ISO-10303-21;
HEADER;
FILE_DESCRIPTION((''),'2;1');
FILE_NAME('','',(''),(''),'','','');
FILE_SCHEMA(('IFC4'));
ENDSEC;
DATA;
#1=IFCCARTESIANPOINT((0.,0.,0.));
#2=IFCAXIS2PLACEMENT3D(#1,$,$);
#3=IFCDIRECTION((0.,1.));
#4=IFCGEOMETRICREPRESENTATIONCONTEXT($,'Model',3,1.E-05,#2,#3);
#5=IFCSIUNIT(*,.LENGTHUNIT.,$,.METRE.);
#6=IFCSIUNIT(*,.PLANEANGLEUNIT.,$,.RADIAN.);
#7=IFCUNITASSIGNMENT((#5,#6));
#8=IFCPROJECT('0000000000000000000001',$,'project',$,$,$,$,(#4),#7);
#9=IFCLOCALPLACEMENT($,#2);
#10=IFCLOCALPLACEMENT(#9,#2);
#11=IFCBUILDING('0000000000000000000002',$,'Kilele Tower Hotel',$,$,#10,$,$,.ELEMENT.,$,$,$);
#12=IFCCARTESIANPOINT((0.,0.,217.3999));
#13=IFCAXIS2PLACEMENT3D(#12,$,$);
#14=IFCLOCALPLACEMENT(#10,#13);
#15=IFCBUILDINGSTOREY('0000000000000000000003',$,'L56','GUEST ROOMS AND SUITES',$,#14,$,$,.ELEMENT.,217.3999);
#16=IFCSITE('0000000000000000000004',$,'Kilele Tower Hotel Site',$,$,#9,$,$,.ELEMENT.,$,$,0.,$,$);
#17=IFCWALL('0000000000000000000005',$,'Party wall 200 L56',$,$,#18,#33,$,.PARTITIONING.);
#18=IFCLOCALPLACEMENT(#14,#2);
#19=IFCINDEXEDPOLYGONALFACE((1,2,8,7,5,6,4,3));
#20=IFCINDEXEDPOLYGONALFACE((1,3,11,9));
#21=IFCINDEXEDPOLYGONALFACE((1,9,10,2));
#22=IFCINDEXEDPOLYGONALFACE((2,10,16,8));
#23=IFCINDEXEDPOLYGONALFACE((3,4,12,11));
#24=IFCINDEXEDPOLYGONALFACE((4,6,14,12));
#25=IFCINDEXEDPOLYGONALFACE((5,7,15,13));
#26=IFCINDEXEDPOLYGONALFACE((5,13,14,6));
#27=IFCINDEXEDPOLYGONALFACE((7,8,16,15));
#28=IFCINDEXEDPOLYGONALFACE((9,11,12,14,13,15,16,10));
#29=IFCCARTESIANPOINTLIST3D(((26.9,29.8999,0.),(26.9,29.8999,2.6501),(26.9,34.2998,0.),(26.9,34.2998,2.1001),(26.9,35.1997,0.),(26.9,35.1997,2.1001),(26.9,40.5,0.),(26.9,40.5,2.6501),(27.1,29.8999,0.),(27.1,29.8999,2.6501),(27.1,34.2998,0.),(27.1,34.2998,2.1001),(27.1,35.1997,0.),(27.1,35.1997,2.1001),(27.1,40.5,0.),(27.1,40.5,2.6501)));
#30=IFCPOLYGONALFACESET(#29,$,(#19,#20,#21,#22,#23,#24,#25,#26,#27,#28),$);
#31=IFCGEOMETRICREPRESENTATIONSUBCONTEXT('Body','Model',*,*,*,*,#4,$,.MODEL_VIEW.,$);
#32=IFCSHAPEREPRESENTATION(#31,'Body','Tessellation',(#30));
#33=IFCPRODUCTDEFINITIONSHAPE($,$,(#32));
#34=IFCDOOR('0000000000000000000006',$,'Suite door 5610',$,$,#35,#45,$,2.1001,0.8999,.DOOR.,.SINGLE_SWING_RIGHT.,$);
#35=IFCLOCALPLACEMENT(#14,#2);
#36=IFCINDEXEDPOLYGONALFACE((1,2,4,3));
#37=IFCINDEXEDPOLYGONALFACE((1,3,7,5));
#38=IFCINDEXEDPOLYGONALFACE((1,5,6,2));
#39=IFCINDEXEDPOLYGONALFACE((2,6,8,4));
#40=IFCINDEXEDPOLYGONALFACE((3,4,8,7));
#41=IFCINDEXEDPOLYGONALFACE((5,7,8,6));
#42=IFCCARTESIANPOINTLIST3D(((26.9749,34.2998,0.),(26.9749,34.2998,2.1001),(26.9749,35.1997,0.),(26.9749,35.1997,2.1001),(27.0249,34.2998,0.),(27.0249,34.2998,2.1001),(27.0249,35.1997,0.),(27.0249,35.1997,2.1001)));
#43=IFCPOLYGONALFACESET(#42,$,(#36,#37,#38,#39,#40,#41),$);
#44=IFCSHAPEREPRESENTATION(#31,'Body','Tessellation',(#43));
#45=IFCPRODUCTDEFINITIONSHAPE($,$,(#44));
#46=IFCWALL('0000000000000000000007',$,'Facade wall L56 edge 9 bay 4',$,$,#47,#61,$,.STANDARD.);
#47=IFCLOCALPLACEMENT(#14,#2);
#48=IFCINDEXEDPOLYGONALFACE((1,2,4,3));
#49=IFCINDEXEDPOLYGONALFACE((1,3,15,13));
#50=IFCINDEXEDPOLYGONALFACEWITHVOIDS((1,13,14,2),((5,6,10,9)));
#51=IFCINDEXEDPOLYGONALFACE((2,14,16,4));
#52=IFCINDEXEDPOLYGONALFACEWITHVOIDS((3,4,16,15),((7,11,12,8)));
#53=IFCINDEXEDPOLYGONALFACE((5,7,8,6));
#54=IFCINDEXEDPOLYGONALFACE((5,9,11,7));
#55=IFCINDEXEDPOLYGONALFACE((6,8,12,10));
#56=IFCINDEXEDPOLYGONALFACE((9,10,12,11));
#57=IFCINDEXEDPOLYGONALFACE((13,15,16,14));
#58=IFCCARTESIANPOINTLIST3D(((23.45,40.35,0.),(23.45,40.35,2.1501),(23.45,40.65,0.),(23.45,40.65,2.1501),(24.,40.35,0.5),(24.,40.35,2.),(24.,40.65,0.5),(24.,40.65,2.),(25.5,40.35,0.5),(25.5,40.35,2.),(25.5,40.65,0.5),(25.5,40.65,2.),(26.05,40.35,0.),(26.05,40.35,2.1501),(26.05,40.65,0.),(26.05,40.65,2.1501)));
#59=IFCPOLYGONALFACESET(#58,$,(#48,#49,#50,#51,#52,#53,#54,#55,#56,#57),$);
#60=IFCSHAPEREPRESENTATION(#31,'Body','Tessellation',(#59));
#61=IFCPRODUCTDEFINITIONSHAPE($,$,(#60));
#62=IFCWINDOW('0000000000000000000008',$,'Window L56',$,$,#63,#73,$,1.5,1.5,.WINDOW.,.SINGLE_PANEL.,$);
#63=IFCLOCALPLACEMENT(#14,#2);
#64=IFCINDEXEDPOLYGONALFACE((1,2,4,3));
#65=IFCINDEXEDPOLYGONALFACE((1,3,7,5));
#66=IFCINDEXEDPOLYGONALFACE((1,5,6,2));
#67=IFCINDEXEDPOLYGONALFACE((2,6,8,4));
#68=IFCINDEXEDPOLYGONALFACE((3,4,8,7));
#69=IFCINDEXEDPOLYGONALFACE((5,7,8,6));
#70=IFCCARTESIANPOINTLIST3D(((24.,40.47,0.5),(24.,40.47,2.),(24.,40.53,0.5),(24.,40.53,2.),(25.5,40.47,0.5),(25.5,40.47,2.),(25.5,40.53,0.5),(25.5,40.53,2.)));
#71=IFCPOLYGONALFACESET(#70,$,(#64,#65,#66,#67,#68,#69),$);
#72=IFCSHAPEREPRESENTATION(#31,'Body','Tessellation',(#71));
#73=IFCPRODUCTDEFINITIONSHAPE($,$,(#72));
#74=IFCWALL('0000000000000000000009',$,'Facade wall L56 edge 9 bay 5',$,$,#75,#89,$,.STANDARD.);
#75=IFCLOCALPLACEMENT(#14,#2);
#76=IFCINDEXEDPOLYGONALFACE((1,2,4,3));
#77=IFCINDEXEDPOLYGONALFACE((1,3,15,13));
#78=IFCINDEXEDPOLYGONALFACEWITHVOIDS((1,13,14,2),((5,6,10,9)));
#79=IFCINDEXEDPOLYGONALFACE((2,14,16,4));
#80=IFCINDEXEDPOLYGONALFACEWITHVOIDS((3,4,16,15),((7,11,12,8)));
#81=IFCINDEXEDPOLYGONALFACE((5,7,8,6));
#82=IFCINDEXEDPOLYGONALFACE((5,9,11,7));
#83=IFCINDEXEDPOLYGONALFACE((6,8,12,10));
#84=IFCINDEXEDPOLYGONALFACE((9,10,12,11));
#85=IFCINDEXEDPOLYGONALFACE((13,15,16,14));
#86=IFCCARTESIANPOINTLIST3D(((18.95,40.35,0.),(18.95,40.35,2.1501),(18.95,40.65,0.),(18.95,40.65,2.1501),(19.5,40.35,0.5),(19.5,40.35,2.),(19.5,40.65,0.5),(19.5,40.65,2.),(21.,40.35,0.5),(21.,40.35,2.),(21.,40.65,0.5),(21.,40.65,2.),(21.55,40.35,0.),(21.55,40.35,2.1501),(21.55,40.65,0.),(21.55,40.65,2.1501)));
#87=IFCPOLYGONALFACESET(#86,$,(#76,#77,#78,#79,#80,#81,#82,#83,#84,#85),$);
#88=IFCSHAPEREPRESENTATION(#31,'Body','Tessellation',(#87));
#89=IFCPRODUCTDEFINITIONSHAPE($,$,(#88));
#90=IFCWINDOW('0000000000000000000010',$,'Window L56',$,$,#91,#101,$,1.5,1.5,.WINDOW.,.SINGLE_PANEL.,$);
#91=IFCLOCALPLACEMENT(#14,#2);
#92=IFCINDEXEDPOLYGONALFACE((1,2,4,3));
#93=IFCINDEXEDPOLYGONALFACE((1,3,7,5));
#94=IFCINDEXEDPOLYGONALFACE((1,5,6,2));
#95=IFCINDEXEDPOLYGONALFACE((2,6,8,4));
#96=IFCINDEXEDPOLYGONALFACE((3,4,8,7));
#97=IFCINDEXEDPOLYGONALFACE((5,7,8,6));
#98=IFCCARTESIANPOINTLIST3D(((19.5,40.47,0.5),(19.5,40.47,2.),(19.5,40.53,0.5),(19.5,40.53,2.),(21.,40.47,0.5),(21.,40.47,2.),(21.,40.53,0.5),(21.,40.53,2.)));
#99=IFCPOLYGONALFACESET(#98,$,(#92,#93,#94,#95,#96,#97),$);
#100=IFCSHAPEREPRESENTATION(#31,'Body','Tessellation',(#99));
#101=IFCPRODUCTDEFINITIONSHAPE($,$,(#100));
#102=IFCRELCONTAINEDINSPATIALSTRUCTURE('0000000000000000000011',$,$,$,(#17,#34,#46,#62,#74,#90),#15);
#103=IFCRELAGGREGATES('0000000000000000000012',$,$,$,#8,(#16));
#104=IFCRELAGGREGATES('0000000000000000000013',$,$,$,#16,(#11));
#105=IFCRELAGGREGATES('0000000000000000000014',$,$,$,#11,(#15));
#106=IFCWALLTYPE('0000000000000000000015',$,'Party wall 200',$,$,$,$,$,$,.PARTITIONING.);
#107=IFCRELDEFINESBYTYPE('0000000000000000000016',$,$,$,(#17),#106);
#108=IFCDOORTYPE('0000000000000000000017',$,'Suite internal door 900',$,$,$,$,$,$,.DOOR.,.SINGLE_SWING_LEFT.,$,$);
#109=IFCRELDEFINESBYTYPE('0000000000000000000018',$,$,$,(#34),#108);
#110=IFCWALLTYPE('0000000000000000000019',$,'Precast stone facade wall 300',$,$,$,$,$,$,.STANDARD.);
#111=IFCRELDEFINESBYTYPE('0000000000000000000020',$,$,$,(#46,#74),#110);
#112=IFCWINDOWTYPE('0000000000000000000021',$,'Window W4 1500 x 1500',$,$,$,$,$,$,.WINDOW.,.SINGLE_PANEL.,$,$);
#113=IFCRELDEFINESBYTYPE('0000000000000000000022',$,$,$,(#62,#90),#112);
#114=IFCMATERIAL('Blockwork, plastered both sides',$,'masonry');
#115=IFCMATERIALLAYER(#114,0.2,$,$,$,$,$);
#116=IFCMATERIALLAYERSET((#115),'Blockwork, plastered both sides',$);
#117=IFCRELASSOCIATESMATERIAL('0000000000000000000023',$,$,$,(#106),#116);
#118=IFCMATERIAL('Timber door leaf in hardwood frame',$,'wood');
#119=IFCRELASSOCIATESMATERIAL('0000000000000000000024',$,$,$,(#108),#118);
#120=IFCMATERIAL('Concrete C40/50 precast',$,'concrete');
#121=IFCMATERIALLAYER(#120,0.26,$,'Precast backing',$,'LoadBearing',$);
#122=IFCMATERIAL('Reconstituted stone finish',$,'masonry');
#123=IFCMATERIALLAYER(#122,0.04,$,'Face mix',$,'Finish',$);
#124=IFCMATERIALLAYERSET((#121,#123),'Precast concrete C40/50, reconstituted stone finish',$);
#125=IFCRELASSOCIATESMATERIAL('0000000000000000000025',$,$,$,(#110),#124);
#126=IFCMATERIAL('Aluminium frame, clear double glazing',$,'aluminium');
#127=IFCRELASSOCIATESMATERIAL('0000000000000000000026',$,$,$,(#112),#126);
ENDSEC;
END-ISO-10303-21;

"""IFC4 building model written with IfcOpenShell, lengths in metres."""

from ifc_helpers import new_model, si_unit, direction, frame, frame_2d, origin, place, context, subcontext, project, spatial, rectangle, extrude, material, layer, layer_set, type_object, element, fill, save


model = new_model("IFC4")

# Units and contexts
model_context = context("Model", 3, precision=1e-05, world=origin(), true_north=direction((0.0, 1.0)))
body_context = subcontext(model_context, "Body", "Model", "MODEL_VIEW")
ifc_project = project(units=[si_unit("LENGTHUNIT", "METRE"), si_unit("PLANEANGLEUNIT", "RADIAN")], contexts=[model_context])

# Site, building, storey
site_placement = place(None, origin())
site = spatial("IfcSite", under=ifc_project, at=site_placement, Name="Kilele Tower Hotel Site", CompositionType="ELEMENT", RefElevation=0.0)
building_placement = place(site_placement, origin())
building = spatial("IfcBuilding", under=site, at=building_placement, Name="Kilele Tower Hotel", CompositionType="ELEMENT")
storey_placement = place(building_placement, frame((0.0, 0.0, 217.3999)))
storey = spatial("IfcBuildingStorey", under=building, at=storey_placement, Name="L56", Description="GUEST ROOMS AND SUITES", CompositionType="ELEMENT", Elevation=217.3999)

# Shared definitions
ifc_material_1 = material(Name="Blockwork, plastered both sides", Category="masonry")
ifc_layer_1 = layer(ifc_material_1, 0.2)
ifc_layer_set_1 = layer_set([ifc_layer_1], Name="Blockwork, plastered both sides")
wall_type_1 = type_object("IfcWallType", Name="Party wall 200", PredefinedType="PARTITIONING", material=ifc_layer_set_1)

# Wall, opening, door
wall_1_placement = place(storey_placement, frame((27.0, 29.8999, 0.0), z_axis=(0.0, 0.0, 1.0), x_axis=(0.0, 1.0, 0.0)))
wall_1 = element("IfcWall", 1, at=wall_1_placement, inside=storey, type_object=wall_type_1, Name="Party wall 200 L56", PredefinedType="PARTITIONING", context=body_context, shape_type="SweptSolid", body=[
    extrude(rectangle(XDim=10.6001, YDim=0.2, at=frame_2d((5.3, 0.0))), origin(), (0.0, 0.0, 1.0), 2.6501),
])
opening_1_placement = place(wall_1_placement, frame((5.2998, 0.0, 0.0), z_axis=(0.0, 0.0, 1.0), x_axis=(-1.0, 0.0, 0.0)))
opening_1 = element("IfcOpeningElement", 2, at=opening_1_placement, cuts=wall_1, PredefinedType="OPENING", context=body_context, shape_type="SweptSolid", body=[
    extrude(rectangle(XDim=0.8999, YDim=2.1001, at=frame_2d((0.45, 1.05))), frame((0.0, 0.1099, 0.0), z_axis=(0.0, -1.0, 0.0), x_axis=(1.0, 0.0, 0.0)), (0.0, 0.0, 1.0), 0.22),
])
ifc_material_2 = material(Name="Timber door leaf in hardwood frame", Category="wood")
door_type_1 = type_object("IfcDoorType", Name="Suite internal door 900", OperationType="SINGLE_SWING_LEFT", PredefinedType="DOOR", material=ifc_material_2)
door_1_placement = place(opening_1_placement, origin())
door_1 = element("IfcDoor", 3, at=door_1_placement, inside=storey, type_object=door_type_1, Name="Suite door 5610", OperationType="SINGLE_SWING_RIGHT", OverallHeight=2.1001, OverallWidth=0.8999, PredefinedType="DOOR", context=body_context, shape_type="SweptSolid", body=[
    extrude(rectangle(XDim=0.8999, YDim=2.1001, at=frame_2d((0.45, 1.05))), frame((0.0, 0.0249, 0.0), z_axis=(0.0, -1.0, 0.0), x_axis=(1.0, 0.0, 0.0)), (0.0, 0.0, 1.0), 0.05),
])
fill(opening_1, door_1)

# Walls, openings, windows
ifc_material_3 = material(Name="Concrete C40/50 precast", Category="concrete")
ifc_layer_2 = layer(ifc_material_3, 0.26, Name="Precast backing", Category="LoadBearing")
ifc_material_4 = material(Name="Reconstituted stone finish", Category="masonry")
ifc_layer_3 = layer(ifc_material_4, 0.04, Name="Face mix", Category="Finish")
ifc_layer_set_2 = layer_set([ifc_layer_2, ifc_layer_3], Name="Precast concrete C40/50, reconstituted stone finish")
wall_type_2 = type_object("IfcWallType", Name="Precast stone facade wall 300", PredefinedType="STANDARD", material=ifc_layer_set_2)
wall_2_placement = place(storey_placement, frame((26.05, 40.5, 0.0), z_axis=(0.0, 0.0, 1.0), x_axis=(-1.0, 0.0, 0.0)))
wall_2 = element("IfcWall", 4, at=wall_2_placement, inside=storey, type_object=wall_type_2, Name="Facade wall L56 edge 9 bay 4", PredefinedType="STANDARD", context=body_context, shape_type="SweptSolid", body=[
    extrude(rectangle(XDim=2.6001, YDim=0.3, at=frame_2d((1.3, 0.0))), origin(), (0.0, 0.0, 1.0), 2.1501),
])
opening_2_placement = place(wall_2_placement, frame((0.55, 0.0, 0.5)))
opening_2 = element("IfcOpeningElement", 5, at=opening_2_placement, cuts=wall_2, PredefinedType="OPENING", context=body_context, shape_type="SweptSolid", body=[
    extrude(rectangle(XDim=1.5, YDim=1.5, at=frame_2d((0.75, 0.75))), frame((0.0, 0.1599, 0.0), z_axis=(0.0, -1.0, 0.0), x_axis=(1.0, 0.0, 0.0)), (0.0, 0.0, 1.0), 0.3201),
])
ifc_material_5 = material(Name="Aluminium frame, clear double glazing", Category="aluminium")
window_type = type_object("IfcWindowType", Name="Window W4 1500 x 1500", PartitioningType="SINGLE_PANEL", PredefinedType="WINDOW", material=ifc_material_5)
window_1_placement = place(opening_2_placement, origin())
window_1 = element("IfcWindow", 6, at=window_1_placement, inside=storey, type_object=window_type, Name="Window L56", OverallHeight=1.5, OverallWidth=1.5, PartitioningType="SINGLE_PANEL", PredefinedType="WINDOW", context=body_context, shape_type="SweptSolid", body=[
    extrude(rectangle(XDim=1.5, YDim=1.5, at=frame_2d((0.75, 0.75))), frame((0.0, 0.03, 0.0), z_axis=(0.0, -1.0, 0.0), x_axis=(1.0, 0.0, 0.0)), (0.0, 0.0, 1.0), 0.0601),
])
fill(opening_2, window_1)
wall_3_placement = place(storey_placement, frame((21.55, 40.5, 0.0), z_axis=(0.0, 0.0, 1.0), x_axis=(-1.0, 0.0, 0.0)))
wall_3 = element("IfcWall", 7, at=wall_3_placement, inside=storey, type_object=wall_type_2, Name="Facade wall L56 edge 9 bay 5", PredefinedType="STANDARD", context=body_context, shape_type="SweptSolid", body=[
    extrude(rectangle(XDim=2.6001, YDim=0.3, at=frame_2d((1.3, 0.0))), origin(), (0.0, 0.0, 1.0), 2.1501),
])
opening_3_placement = place(wall_3_placement, frame((0.55, 0.0, 0.5)))
opening_3 = element("IfcOpeningElement", 8, at=opening_3_placement, cuts=wall_3, PredefinedType="OPENING", context=body_context, shape_type="SweptSolid", body=[
    extrude(rectangle(XDim=1.5, YDim=1.5, at=frame_2d((0.75, 0.75))), frame((0.0, 0.1599, 0.0), z_axis=(0.0, -1.0, 0.0), x_axis=(1.0, 0.0, 0.0)), (0.0, 0.0, 1.0), 0.3201),
])
window_2_placement = place(opening_3_placement, origin())
window_2 = element("IfcWindow", 9, at=window_2_placement, inside=storey, type_object=window_type, Name="Window L56", OverallHeight=1.5, OverallWidth=1.5, PartitioningType="SINGLE_PANEL", PredefinedType="WINDOW", context=body_context, shape_type="SweptSolid", body=[
    extrude(rectangle(XDim=1.5, YDim=1.5, at=frame_2d((0.75, 0.75))), frame((0.0, 0.03, 0.0), z_axis=(0.0, -1.0, 0.0), x_axis=(1.0, 0.0, 0.0)), (0.0, 0.0, 1.0), 0.0601),
])
fill(opening_3, window_2)

save(model, "model.ifc")
